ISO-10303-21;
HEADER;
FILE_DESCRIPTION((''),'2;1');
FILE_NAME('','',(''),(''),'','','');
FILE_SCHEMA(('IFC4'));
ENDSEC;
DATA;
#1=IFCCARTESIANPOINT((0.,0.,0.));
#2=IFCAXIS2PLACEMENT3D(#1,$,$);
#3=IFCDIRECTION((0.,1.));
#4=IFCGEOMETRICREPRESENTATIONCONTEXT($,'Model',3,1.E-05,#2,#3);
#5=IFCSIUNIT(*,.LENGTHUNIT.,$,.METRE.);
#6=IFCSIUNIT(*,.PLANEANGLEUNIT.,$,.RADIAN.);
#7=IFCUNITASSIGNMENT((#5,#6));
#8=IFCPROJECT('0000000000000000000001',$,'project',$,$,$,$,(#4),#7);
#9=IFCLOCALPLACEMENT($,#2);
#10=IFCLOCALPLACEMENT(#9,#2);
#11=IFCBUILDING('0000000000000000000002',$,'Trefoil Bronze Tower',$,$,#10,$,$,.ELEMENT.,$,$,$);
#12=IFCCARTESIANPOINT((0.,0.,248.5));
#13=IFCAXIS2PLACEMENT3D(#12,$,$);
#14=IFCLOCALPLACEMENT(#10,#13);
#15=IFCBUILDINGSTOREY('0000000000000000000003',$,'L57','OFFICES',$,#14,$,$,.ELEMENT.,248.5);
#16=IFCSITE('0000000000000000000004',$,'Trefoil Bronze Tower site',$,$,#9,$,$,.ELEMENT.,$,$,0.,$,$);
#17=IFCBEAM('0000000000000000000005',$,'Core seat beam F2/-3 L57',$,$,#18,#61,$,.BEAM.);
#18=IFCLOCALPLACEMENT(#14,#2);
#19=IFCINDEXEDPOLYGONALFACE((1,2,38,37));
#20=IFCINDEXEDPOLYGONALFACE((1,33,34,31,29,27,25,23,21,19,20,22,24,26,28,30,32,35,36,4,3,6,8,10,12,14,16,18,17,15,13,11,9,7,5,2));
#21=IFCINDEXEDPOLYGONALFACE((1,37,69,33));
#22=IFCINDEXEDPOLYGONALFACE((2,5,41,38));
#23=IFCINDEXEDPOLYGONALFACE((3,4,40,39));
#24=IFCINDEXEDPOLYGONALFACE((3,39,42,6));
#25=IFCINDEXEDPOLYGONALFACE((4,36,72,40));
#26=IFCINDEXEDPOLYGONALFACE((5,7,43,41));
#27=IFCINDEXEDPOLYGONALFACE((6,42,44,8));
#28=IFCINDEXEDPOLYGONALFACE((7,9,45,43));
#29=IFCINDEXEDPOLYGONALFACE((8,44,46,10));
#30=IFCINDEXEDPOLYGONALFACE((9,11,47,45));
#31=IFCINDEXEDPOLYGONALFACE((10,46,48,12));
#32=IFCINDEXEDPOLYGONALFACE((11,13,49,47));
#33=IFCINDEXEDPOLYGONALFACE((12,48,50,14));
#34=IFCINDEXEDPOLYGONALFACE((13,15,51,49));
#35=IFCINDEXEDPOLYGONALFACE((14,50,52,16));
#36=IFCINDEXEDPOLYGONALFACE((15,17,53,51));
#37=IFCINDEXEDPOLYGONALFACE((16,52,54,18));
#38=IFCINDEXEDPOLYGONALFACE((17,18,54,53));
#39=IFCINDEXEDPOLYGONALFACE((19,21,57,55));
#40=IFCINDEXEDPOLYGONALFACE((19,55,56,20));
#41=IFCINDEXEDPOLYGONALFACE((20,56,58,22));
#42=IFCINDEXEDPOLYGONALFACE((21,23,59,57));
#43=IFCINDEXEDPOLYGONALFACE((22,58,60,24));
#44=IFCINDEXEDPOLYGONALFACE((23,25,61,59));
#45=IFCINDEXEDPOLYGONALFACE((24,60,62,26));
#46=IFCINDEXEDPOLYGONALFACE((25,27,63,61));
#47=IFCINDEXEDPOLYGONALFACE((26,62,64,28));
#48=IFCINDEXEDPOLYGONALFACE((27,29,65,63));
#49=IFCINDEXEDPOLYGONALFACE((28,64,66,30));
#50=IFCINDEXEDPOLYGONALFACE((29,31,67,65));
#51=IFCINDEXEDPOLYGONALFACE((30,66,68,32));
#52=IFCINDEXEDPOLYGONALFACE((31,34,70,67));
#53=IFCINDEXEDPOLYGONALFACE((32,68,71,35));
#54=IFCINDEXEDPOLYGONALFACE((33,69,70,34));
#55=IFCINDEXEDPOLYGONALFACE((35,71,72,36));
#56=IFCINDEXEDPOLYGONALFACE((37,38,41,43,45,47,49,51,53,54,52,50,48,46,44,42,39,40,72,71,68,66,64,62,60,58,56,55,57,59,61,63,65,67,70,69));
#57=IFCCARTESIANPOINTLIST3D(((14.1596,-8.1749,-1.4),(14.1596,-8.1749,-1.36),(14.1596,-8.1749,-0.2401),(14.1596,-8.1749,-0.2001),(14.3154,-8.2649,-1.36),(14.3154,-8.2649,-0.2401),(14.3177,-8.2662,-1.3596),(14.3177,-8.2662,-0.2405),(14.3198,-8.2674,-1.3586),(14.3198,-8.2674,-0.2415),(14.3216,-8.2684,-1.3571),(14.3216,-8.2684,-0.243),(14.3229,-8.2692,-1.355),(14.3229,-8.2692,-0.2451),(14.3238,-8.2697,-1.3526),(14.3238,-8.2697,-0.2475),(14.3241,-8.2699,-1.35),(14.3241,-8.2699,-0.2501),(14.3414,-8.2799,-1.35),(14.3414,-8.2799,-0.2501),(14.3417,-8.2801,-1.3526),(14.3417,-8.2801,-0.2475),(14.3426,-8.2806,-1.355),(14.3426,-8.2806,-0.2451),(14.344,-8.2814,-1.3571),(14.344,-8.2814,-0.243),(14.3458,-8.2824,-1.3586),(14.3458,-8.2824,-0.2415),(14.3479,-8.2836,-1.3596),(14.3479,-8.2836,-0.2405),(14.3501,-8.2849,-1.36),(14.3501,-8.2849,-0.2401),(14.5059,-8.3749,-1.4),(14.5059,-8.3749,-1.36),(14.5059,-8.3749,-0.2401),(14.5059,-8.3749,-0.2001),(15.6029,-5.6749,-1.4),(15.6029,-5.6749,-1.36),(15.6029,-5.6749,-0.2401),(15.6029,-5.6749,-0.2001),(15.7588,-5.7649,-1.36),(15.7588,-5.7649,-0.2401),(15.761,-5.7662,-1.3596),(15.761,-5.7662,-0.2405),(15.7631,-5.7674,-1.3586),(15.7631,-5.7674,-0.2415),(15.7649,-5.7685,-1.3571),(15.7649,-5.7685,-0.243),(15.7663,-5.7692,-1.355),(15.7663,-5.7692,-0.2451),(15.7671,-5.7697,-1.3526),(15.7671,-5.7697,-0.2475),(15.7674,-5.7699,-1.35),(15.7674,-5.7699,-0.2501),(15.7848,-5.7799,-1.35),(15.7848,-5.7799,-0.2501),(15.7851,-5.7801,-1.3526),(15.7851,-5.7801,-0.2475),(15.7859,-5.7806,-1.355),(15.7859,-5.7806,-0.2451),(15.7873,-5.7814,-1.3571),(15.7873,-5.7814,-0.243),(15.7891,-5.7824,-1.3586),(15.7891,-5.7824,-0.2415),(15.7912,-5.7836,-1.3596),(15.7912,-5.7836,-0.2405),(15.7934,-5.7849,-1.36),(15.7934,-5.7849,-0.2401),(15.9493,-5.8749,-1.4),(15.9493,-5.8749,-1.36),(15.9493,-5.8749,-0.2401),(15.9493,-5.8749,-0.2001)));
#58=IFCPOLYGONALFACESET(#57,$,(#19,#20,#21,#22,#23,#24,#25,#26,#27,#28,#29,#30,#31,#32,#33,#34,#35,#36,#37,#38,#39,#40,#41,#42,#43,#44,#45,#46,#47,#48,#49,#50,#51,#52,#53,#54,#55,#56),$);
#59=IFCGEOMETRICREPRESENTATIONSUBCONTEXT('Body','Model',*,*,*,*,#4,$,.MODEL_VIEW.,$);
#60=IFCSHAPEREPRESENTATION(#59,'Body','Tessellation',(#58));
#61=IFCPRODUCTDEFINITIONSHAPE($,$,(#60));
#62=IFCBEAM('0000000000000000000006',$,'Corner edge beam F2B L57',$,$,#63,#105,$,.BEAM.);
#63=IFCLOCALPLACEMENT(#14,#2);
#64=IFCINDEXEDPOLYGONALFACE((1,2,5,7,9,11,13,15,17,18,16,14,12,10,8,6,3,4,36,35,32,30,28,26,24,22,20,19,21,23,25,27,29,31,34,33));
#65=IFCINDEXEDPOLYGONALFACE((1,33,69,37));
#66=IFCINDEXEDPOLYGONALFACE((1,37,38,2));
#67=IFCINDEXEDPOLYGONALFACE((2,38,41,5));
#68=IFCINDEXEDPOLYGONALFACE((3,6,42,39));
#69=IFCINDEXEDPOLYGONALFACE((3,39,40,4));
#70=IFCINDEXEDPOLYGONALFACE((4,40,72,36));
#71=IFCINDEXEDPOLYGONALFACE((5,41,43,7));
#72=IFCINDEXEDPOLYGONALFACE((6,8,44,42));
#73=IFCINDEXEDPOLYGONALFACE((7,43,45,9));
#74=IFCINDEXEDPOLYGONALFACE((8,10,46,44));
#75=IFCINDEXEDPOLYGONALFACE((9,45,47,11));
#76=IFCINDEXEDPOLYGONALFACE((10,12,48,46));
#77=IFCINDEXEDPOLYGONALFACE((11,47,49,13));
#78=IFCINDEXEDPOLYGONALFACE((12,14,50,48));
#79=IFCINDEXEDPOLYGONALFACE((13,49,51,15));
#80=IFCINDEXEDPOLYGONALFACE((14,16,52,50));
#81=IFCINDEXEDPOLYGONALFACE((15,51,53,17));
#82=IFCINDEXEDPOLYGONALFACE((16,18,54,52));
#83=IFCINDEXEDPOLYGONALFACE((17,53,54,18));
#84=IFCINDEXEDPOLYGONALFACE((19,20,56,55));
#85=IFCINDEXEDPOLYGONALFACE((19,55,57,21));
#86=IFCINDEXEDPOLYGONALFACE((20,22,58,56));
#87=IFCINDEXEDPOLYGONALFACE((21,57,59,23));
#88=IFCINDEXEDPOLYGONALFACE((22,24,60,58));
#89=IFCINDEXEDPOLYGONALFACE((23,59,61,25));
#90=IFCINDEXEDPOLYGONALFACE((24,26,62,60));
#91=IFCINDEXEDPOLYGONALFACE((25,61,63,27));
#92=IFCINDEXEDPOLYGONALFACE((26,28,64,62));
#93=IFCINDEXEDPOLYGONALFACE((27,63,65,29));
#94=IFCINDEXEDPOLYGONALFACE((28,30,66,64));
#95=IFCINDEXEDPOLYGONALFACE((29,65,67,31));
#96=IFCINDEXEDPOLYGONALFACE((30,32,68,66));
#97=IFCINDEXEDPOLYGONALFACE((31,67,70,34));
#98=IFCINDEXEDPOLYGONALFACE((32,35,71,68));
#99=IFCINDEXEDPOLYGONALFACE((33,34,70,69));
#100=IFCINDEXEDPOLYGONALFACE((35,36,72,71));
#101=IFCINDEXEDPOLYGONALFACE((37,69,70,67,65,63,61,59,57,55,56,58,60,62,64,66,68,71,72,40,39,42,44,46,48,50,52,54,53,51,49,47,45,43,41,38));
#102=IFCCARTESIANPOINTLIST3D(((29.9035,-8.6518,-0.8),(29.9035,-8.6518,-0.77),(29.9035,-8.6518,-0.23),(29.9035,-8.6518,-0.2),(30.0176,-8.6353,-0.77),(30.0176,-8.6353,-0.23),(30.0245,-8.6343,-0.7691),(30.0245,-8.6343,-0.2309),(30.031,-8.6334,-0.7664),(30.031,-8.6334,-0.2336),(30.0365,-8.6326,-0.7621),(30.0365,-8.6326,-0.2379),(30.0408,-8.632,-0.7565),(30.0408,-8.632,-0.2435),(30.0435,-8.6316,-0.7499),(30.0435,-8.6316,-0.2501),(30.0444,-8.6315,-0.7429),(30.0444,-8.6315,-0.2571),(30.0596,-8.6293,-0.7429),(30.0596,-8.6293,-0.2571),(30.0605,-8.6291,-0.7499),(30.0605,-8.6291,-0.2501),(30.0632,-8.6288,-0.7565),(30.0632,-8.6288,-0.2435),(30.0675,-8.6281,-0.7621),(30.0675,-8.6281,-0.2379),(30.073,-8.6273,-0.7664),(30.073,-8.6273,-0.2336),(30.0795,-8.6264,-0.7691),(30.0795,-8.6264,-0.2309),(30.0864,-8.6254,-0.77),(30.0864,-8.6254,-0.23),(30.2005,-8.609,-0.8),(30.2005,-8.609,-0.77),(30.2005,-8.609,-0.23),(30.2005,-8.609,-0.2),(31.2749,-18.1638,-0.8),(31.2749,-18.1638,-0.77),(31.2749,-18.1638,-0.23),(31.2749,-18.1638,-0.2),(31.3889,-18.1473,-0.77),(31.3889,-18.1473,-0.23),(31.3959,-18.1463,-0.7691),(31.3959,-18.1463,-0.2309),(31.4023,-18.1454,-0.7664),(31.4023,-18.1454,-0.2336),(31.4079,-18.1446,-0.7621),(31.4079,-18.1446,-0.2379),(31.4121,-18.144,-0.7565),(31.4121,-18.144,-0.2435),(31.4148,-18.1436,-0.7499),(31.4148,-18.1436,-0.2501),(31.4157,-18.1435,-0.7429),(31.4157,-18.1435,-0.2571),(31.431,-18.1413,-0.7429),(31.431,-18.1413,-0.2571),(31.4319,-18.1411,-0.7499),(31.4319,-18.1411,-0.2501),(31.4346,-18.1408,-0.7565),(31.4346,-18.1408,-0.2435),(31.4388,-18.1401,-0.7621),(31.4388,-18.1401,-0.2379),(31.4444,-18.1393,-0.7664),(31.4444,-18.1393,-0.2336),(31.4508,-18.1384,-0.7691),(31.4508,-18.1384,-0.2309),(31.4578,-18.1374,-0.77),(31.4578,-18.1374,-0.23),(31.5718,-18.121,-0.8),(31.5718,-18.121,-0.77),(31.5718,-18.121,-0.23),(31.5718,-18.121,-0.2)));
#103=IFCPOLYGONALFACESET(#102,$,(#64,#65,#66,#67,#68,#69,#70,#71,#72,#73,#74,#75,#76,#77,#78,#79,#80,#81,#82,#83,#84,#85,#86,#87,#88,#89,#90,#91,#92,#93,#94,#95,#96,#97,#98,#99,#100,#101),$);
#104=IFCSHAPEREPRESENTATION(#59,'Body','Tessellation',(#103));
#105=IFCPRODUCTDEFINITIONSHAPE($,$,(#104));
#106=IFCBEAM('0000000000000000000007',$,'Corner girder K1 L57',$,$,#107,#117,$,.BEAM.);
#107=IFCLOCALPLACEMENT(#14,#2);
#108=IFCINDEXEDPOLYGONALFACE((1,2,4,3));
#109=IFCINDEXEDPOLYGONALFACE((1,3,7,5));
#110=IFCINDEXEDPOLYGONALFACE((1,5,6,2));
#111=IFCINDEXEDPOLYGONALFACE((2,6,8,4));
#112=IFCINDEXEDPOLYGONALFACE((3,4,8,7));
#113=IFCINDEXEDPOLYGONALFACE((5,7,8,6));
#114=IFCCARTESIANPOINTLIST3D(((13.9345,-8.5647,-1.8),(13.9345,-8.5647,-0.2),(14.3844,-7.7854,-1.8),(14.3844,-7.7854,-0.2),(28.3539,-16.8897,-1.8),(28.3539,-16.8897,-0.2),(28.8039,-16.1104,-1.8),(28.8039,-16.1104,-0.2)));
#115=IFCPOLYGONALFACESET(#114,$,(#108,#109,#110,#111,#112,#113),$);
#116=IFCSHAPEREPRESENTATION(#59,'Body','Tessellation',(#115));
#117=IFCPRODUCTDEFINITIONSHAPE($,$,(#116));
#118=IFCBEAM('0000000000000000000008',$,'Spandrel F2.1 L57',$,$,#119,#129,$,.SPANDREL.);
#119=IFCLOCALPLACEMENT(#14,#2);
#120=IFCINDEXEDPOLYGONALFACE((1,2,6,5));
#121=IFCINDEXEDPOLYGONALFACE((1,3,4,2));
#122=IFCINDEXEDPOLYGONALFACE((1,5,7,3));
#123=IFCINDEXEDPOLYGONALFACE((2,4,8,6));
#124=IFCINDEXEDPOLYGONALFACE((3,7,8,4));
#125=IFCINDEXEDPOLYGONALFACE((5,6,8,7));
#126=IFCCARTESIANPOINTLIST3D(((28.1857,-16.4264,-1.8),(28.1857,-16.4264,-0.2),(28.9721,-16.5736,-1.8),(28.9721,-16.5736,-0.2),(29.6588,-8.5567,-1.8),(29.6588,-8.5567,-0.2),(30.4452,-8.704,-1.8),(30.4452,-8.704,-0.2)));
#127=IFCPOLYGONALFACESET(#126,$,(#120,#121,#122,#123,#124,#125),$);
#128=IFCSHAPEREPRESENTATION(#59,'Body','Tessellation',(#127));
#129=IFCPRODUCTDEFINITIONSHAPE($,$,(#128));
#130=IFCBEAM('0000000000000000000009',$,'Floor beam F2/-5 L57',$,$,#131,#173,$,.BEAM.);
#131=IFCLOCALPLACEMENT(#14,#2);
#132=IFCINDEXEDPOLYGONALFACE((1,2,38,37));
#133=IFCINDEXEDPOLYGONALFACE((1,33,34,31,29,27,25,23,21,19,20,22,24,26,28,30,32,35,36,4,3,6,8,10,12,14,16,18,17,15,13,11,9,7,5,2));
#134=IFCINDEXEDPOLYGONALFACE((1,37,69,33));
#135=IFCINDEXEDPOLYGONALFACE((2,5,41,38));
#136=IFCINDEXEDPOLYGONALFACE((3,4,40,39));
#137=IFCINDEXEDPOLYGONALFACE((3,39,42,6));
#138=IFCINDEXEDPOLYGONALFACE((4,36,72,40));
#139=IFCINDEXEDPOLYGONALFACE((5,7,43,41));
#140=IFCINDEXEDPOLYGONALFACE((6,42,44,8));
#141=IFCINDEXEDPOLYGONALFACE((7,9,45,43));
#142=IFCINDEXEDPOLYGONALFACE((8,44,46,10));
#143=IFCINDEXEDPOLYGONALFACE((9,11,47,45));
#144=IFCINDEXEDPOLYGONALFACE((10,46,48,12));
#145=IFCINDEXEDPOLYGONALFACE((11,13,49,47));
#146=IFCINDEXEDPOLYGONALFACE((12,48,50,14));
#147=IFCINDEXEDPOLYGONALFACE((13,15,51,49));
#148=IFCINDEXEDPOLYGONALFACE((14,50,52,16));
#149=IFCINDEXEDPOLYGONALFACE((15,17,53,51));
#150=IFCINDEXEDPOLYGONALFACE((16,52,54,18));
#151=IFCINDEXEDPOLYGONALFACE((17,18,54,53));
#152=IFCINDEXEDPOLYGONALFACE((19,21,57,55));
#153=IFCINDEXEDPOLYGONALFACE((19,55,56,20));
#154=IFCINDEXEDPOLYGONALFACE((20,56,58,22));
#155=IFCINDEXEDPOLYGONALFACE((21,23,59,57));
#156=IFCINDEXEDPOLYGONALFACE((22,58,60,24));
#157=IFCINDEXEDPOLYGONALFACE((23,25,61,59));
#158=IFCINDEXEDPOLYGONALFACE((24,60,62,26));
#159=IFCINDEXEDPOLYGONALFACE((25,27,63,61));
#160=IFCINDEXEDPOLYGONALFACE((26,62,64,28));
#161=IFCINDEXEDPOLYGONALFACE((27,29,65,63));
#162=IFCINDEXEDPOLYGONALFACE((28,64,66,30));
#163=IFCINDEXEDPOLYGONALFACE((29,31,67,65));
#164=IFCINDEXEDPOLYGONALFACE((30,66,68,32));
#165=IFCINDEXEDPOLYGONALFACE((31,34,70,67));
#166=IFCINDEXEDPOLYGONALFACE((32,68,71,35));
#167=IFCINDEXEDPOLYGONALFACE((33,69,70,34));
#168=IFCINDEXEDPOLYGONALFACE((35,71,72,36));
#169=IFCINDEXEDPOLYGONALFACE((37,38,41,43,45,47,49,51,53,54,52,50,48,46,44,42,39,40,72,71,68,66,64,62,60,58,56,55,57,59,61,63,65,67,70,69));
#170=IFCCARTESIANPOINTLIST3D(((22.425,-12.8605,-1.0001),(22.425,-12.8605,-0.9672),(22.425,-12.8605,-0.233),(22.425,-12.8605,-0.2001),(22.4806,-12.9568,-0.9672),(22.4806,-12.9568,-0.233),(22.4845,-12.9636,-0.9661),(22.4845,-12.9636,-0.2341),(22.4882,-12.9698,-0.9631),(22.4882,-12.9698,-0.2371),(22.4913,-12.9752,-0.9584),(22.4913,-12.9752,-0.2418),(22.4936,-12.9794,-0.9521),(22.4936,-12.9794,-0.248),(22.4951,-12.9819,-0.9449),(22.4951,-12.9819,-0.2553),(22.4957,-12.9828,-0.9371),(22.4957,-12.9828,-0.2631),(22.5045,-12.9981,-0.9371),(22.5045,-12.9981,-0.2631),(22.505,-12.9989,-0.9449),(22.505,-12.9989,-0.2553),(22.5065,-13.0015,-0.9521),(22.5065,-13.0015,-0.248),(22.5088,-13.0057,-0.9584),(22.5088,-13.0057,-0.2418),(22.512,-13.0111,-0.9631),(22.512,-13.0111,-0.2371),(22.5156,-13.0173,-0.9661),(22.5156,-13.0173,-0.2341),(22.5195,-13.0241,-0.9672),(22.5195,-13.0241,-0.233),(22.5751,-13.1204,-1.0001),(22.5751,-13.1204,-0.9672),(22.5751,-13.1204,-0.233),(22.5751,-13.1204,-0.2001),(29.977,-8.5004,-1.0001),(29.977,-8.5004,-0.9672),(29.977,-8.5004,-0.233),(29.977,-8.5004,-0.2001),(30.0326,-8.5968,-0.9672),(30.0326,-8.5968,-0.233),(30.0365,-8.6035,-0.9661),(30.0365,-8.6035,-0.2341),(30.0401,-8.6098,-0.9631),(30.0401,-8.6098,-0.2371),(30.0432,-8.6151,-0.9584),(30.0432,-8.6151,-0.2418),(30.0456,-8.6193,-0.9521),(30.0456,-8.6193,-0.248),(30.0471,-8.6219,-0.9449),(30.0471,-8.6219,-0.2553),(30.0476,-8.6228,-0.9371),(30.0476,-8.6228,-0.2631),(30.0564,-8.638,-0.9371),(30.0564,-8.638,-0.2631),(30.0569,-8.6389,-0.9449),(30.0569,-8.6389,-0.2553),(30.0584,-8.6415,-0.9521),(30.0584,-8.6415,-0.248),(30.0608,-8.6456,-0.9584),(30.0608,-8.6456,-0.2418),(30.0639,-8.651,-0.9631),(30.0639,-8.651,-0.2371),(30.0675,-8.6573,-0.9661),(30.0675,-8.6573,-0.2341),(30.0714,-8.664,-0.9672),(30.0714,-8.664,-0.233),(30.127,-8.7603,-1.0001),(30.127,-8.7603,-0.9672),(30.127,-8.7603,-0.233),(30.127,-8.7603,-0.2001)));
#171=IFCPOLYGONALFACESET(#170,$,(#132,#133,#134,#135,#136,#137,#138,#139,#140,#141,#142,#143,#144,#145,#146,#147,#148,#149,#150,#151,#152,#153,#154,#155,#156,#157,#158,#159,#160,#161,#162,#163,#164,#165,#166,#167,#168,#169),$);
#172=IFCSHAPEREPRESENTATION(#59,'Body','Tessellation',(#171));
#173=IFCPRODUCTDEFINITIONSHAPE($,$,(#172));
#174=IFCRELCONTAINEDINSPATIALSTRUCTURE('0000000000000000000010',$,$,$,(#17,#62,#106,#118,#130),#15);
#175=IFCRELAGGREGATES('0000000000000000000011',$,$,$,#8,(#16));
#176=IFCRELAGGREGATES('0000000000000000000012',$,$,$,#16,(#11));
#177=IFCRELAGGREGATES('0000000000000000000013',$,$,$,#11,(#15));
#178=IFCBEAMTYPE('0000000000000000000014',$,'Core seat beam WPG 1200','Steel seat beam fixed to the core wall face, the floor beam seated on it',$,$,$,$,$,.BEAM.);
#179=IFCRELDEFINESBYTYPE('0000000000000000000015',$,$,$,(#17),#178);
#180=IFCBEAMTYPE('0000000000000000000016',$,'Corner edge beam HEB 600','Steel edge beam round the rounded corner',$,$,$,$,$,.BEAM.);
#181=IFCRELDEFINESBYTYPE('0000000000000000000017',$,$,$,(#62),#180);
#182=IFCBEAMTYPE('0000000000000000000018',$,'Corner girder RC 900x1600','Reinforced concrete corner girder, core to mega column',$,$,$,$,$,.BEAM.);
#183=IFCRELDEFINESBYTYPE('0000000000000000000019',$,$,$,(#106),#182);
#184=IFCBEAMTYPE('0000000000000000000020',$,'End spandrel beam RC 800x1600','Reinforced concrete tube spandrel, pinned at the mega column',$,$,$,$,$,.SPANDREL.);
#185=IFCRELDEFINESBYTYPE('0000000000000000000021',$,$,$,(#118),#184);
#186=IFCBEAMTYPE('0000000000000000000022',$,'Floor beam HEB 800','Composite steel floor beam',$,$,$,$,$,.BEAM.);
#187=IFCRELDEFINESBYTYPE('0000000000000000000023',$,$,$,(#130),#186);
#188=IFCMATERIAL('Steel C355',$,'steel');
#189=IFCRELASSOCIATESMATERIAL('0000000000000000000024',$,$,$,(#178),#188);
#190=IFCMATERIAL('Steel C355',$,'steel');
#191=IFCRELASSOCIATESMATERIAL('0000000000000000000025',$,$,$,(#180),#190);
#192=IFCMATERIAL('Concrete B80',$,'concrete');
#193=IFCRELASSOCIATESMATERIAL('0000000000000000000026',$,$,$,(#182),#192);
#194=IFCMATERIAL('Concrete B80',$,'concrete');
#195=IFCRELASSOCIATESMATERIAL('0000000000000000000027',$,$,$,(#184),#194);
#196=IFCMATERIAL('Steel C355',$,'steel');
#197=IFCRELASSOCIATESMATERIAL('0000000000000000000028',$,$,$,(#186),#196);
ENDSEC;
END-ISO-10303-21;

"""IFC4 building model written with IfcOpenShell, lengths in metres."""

from ifc_helpers import new_model, si_unit, direction, frame, origin, origin_2d, place, context, subcontext, project, spatial, rectangle, i_section, extrude, material, material_profile, profile_set, type_object, element, save


model = new_model("IFC4")

# Units and contexts
model_context = context("Model", 3, precision=1e-05, world=origin(), true_north=direction((0.0, 1.0)))
body_context = subcontext(model_context, "Body", "Model", "MODEL_VIEW")
ifc_project = project(units=[si_unit("LENGTHUNIT", "METRE"), si_unit("PLANEANGLEUNIT", "RADIAN")], contexts=[model_context])

# Site, building, storey
site_placement = place(None, origin())
site = spatial("IfcSite", under=ifc_project, at=site_placement, Name="Trefoil Bronze Tower site", CompositionType="ELEMENT", RefElevation=0.0)
building_placement = place(site_placement, origin())
building = spatial("IfcBuilding", under=site, at=building_placement, Name="Trefoil Bronze Tower", CompositionType="ELEMENT")
storey_placement = place(building_placement, frame((0.0, 0.0, 248.5)))
storey = spatial("IfcBuildingStorey", under=building, at=storey_placement, Name="L57", Description="OFFICES", CompositionType="ELEMENT", Elevation=248.5)

# Beams
ifc_material_1 = material(Name="Steel C355", Category="steel")
ifc_material_profile_1 = material_profile(ifc_material_1, i_section(OverallWidth=0.3999, OverallDepth=1.2, WebThickness=0.02, FlangeThickness=0.04, FilletRadius=0.01, at=origin_2d()), Name="WPG 1200")
ifc_profile_set_1 = profile_set([ifc_material_profile_1], Name="Steel C355")
beam_type_1 = type_object("IfcBeamType", Name="Core seat beam WPG 1200", Description="Steel seat beam fixed to the core wall face, the floor beam seated on it", PredefinedType="BEAM", material=ifc_profile_set_1)
beam_1_placement = place(storey_placement, frame((14.3328, -8.2749, -0.8), z_axis=(0.499996, 0.866028, 0.0), x_axis=(-0.866028, 0.499996, 0.0)))
element("IfcBeam", 1, at=beam_1_placement, inside=storey, type_object=beam_type_1, Name="Core seat beam F2/-3 L57", PredefinedType="BEAM", context=body_context, shape_type="SweptSolid", body=[
    extrude(i_section(OverallWidth=0.3999, OverallDepth=1.2, WebThickness=0.02, FlangeThickness=0.04, FilletRadius=0.01, at=origin_2d()), origin(), (0.0, 0.0, 1.0), 2.8867),
])
ifc_material_2 = material(Name="Steel C355", Category="steel")
ifc_material_profile_2 = material_profile(ifc_material_2, i_section(OverallWidth=0.3, OverallDepth=0.6001, WebThickness=0.0154, FlangeThickness=0.03, FilletRadius=0.0271, at=origin_2d()), Name="HEB 600")
ifc_profile_set_2 = profile_set([ifc_material_profile_2], Name="Steel C355")
beam_type_2 = type_object("IfcBeamType", Name="Corner edge beam HEB 600", Description="Steel edge beam round the rounded corner", PredefinedType="BEAM", material=ifc_profile_set_2)
beam_2_placement = place(storey_placement, frame((30.052, -8.6304, -0.5), z_axis=(0.142694, -0.989767, 0.0), x_axis=(0.989767, 0.142694, 0.0)))
element("IfcBeam", 2, at=beam_2_placement, inside=storey, type_object=beam_type_2, Name="Corner edge beam F2B L57", PredefinedType="BEAM", context=body_context, shape_type="SweptSolid", body=[
    extrude(i_section(OverallWidth=0.3, OverallDepth=0.6001, WebThickness=0.0154, FlangeThickness=0.03, FilletRadius=0.0271, at=origin_2d()), origin(), (0.0, 0.0, 1.0), 9.6104),
])
ifc_material_3 = material(Name="Concrete B80", Category="concrete")
ifc_material_profile_3 = material_profile(ifc_material_3, rectangle(XDim=0.8999, YDim=1.6001, at=origin_2d()), Name="RC 900x1600")
ifc_profile_set_3 = profile_set([ifc_material_profile_3], Name="Concrete B80")
beam_type_3 = type_object("IfcBeamType", Name="Corner girder RC 900x1600", Description="Reinforced concrete corner girder, core to mega column", PredefinedType="BEAM", material=ifc_profile_set_3)
beam_3_placement = place(storey_placement, frame((14.1594, -8.175, -1.0), z_axis=(0.866028, -0.499995, 0.0), x_axis=(0.499995, 0.866028, 0.0)))
element("IfcBeam", 3, at=beam_3_placement, inside=storey, type_object=beam_type_3, Name="Corner girder K1 L57", PredefinedType="BEAM", context=body_context, shape_type="SweptSolid", body=[
    extrude(rectangle(XDim=0.8999, YDim=1.6001, at=origin_2d()), origin(), (0.0, 0.0, 1.0), 16.6501),
])
ifc_material_4 = material(Name="Concrete B80", Category="concrete")
ifc_material_profile_4 = material_profile(ifc_material_4, rectangle(XDim=0.8, YDim=1.6001, at=origin_2d()), Name="RC 800x1600")
ifc_profile_set_4 = profile_set([ifc_material_profile_4], Name="Concrete B80")
beam_type_4 = type_object("IfcBeamType", Name="End spandrel beam RC 800x1600", Description="Reinforced concrete tube spandrel, pinned at the mega column", PredefinedType="SPANDREL", material=ifc_profile_set_4)
beam_4_placement = place(storey_placement, frame((28.5789, -16.5, -1.0), z_axis=(0.183998, 0.982927, 0.0), x_axis=(-0.982927, 0.183998, 0.0)))
element("IfcBeam", 4, at=beam_4_placement, inside=storey, type_object=beam_type_4, Name="Spandrel F2.1 L57", PredefinedType="SPANDREL", context=body_context, shape_type="SweptSolid", body=[
    extrude(rectangle(XDim=0.8, YDim=1.6001, at=origin_2d()), origin(), (0.0, 0.0, 1.0), 8.0063),
])
ifc_material_5 = material(Name="Steel C355", Category="steel")
ifc_material_profile_5 = material_profile(ifc_material_5, i_section(OverallWidth=0.3, OverallDepth=0.8, WebThickness=0.0176, FlangeThickness=0.033, FilletRadius=0.03, at=origin_2d()), Name="HEB 800")
ifc_profile_set_5 = profile_set([ifc_material_profile_5], Name="Steel C355")
beam_type_5 = type_object("IfcBeamType", Name="Floor beam HEB 800", Description="Composite steel floor beam", PredefinedType="BEAM", material=ifc_profile_set_5)
beam_5_placement = place(storey_placement, frame((30.052, -8.6304, -0.6001), z_axis=(-0.866028, -0.499996, 0.0), x_axis=(0.499996, -0.866028, 0.0)))
element("IfcBeam", 5, at=beam_5_placement, inside=storey, type_object=beam_type_5, Name="Floor beam F2/-5 L57", PredefinedType="BEAM", context=body_context, shape_type="SweptSolid", body=[
    extrude(i_section(OverallWidth=0.3, OverallDepth=0.8, WebThickness=0.0176, FlangeThickness=0.033, FilletRadius=0.03, at=origin_2d()), origin(), (0.0, 0.0, 1.0), 8.7202),
])

save(model, "model.ifc")
